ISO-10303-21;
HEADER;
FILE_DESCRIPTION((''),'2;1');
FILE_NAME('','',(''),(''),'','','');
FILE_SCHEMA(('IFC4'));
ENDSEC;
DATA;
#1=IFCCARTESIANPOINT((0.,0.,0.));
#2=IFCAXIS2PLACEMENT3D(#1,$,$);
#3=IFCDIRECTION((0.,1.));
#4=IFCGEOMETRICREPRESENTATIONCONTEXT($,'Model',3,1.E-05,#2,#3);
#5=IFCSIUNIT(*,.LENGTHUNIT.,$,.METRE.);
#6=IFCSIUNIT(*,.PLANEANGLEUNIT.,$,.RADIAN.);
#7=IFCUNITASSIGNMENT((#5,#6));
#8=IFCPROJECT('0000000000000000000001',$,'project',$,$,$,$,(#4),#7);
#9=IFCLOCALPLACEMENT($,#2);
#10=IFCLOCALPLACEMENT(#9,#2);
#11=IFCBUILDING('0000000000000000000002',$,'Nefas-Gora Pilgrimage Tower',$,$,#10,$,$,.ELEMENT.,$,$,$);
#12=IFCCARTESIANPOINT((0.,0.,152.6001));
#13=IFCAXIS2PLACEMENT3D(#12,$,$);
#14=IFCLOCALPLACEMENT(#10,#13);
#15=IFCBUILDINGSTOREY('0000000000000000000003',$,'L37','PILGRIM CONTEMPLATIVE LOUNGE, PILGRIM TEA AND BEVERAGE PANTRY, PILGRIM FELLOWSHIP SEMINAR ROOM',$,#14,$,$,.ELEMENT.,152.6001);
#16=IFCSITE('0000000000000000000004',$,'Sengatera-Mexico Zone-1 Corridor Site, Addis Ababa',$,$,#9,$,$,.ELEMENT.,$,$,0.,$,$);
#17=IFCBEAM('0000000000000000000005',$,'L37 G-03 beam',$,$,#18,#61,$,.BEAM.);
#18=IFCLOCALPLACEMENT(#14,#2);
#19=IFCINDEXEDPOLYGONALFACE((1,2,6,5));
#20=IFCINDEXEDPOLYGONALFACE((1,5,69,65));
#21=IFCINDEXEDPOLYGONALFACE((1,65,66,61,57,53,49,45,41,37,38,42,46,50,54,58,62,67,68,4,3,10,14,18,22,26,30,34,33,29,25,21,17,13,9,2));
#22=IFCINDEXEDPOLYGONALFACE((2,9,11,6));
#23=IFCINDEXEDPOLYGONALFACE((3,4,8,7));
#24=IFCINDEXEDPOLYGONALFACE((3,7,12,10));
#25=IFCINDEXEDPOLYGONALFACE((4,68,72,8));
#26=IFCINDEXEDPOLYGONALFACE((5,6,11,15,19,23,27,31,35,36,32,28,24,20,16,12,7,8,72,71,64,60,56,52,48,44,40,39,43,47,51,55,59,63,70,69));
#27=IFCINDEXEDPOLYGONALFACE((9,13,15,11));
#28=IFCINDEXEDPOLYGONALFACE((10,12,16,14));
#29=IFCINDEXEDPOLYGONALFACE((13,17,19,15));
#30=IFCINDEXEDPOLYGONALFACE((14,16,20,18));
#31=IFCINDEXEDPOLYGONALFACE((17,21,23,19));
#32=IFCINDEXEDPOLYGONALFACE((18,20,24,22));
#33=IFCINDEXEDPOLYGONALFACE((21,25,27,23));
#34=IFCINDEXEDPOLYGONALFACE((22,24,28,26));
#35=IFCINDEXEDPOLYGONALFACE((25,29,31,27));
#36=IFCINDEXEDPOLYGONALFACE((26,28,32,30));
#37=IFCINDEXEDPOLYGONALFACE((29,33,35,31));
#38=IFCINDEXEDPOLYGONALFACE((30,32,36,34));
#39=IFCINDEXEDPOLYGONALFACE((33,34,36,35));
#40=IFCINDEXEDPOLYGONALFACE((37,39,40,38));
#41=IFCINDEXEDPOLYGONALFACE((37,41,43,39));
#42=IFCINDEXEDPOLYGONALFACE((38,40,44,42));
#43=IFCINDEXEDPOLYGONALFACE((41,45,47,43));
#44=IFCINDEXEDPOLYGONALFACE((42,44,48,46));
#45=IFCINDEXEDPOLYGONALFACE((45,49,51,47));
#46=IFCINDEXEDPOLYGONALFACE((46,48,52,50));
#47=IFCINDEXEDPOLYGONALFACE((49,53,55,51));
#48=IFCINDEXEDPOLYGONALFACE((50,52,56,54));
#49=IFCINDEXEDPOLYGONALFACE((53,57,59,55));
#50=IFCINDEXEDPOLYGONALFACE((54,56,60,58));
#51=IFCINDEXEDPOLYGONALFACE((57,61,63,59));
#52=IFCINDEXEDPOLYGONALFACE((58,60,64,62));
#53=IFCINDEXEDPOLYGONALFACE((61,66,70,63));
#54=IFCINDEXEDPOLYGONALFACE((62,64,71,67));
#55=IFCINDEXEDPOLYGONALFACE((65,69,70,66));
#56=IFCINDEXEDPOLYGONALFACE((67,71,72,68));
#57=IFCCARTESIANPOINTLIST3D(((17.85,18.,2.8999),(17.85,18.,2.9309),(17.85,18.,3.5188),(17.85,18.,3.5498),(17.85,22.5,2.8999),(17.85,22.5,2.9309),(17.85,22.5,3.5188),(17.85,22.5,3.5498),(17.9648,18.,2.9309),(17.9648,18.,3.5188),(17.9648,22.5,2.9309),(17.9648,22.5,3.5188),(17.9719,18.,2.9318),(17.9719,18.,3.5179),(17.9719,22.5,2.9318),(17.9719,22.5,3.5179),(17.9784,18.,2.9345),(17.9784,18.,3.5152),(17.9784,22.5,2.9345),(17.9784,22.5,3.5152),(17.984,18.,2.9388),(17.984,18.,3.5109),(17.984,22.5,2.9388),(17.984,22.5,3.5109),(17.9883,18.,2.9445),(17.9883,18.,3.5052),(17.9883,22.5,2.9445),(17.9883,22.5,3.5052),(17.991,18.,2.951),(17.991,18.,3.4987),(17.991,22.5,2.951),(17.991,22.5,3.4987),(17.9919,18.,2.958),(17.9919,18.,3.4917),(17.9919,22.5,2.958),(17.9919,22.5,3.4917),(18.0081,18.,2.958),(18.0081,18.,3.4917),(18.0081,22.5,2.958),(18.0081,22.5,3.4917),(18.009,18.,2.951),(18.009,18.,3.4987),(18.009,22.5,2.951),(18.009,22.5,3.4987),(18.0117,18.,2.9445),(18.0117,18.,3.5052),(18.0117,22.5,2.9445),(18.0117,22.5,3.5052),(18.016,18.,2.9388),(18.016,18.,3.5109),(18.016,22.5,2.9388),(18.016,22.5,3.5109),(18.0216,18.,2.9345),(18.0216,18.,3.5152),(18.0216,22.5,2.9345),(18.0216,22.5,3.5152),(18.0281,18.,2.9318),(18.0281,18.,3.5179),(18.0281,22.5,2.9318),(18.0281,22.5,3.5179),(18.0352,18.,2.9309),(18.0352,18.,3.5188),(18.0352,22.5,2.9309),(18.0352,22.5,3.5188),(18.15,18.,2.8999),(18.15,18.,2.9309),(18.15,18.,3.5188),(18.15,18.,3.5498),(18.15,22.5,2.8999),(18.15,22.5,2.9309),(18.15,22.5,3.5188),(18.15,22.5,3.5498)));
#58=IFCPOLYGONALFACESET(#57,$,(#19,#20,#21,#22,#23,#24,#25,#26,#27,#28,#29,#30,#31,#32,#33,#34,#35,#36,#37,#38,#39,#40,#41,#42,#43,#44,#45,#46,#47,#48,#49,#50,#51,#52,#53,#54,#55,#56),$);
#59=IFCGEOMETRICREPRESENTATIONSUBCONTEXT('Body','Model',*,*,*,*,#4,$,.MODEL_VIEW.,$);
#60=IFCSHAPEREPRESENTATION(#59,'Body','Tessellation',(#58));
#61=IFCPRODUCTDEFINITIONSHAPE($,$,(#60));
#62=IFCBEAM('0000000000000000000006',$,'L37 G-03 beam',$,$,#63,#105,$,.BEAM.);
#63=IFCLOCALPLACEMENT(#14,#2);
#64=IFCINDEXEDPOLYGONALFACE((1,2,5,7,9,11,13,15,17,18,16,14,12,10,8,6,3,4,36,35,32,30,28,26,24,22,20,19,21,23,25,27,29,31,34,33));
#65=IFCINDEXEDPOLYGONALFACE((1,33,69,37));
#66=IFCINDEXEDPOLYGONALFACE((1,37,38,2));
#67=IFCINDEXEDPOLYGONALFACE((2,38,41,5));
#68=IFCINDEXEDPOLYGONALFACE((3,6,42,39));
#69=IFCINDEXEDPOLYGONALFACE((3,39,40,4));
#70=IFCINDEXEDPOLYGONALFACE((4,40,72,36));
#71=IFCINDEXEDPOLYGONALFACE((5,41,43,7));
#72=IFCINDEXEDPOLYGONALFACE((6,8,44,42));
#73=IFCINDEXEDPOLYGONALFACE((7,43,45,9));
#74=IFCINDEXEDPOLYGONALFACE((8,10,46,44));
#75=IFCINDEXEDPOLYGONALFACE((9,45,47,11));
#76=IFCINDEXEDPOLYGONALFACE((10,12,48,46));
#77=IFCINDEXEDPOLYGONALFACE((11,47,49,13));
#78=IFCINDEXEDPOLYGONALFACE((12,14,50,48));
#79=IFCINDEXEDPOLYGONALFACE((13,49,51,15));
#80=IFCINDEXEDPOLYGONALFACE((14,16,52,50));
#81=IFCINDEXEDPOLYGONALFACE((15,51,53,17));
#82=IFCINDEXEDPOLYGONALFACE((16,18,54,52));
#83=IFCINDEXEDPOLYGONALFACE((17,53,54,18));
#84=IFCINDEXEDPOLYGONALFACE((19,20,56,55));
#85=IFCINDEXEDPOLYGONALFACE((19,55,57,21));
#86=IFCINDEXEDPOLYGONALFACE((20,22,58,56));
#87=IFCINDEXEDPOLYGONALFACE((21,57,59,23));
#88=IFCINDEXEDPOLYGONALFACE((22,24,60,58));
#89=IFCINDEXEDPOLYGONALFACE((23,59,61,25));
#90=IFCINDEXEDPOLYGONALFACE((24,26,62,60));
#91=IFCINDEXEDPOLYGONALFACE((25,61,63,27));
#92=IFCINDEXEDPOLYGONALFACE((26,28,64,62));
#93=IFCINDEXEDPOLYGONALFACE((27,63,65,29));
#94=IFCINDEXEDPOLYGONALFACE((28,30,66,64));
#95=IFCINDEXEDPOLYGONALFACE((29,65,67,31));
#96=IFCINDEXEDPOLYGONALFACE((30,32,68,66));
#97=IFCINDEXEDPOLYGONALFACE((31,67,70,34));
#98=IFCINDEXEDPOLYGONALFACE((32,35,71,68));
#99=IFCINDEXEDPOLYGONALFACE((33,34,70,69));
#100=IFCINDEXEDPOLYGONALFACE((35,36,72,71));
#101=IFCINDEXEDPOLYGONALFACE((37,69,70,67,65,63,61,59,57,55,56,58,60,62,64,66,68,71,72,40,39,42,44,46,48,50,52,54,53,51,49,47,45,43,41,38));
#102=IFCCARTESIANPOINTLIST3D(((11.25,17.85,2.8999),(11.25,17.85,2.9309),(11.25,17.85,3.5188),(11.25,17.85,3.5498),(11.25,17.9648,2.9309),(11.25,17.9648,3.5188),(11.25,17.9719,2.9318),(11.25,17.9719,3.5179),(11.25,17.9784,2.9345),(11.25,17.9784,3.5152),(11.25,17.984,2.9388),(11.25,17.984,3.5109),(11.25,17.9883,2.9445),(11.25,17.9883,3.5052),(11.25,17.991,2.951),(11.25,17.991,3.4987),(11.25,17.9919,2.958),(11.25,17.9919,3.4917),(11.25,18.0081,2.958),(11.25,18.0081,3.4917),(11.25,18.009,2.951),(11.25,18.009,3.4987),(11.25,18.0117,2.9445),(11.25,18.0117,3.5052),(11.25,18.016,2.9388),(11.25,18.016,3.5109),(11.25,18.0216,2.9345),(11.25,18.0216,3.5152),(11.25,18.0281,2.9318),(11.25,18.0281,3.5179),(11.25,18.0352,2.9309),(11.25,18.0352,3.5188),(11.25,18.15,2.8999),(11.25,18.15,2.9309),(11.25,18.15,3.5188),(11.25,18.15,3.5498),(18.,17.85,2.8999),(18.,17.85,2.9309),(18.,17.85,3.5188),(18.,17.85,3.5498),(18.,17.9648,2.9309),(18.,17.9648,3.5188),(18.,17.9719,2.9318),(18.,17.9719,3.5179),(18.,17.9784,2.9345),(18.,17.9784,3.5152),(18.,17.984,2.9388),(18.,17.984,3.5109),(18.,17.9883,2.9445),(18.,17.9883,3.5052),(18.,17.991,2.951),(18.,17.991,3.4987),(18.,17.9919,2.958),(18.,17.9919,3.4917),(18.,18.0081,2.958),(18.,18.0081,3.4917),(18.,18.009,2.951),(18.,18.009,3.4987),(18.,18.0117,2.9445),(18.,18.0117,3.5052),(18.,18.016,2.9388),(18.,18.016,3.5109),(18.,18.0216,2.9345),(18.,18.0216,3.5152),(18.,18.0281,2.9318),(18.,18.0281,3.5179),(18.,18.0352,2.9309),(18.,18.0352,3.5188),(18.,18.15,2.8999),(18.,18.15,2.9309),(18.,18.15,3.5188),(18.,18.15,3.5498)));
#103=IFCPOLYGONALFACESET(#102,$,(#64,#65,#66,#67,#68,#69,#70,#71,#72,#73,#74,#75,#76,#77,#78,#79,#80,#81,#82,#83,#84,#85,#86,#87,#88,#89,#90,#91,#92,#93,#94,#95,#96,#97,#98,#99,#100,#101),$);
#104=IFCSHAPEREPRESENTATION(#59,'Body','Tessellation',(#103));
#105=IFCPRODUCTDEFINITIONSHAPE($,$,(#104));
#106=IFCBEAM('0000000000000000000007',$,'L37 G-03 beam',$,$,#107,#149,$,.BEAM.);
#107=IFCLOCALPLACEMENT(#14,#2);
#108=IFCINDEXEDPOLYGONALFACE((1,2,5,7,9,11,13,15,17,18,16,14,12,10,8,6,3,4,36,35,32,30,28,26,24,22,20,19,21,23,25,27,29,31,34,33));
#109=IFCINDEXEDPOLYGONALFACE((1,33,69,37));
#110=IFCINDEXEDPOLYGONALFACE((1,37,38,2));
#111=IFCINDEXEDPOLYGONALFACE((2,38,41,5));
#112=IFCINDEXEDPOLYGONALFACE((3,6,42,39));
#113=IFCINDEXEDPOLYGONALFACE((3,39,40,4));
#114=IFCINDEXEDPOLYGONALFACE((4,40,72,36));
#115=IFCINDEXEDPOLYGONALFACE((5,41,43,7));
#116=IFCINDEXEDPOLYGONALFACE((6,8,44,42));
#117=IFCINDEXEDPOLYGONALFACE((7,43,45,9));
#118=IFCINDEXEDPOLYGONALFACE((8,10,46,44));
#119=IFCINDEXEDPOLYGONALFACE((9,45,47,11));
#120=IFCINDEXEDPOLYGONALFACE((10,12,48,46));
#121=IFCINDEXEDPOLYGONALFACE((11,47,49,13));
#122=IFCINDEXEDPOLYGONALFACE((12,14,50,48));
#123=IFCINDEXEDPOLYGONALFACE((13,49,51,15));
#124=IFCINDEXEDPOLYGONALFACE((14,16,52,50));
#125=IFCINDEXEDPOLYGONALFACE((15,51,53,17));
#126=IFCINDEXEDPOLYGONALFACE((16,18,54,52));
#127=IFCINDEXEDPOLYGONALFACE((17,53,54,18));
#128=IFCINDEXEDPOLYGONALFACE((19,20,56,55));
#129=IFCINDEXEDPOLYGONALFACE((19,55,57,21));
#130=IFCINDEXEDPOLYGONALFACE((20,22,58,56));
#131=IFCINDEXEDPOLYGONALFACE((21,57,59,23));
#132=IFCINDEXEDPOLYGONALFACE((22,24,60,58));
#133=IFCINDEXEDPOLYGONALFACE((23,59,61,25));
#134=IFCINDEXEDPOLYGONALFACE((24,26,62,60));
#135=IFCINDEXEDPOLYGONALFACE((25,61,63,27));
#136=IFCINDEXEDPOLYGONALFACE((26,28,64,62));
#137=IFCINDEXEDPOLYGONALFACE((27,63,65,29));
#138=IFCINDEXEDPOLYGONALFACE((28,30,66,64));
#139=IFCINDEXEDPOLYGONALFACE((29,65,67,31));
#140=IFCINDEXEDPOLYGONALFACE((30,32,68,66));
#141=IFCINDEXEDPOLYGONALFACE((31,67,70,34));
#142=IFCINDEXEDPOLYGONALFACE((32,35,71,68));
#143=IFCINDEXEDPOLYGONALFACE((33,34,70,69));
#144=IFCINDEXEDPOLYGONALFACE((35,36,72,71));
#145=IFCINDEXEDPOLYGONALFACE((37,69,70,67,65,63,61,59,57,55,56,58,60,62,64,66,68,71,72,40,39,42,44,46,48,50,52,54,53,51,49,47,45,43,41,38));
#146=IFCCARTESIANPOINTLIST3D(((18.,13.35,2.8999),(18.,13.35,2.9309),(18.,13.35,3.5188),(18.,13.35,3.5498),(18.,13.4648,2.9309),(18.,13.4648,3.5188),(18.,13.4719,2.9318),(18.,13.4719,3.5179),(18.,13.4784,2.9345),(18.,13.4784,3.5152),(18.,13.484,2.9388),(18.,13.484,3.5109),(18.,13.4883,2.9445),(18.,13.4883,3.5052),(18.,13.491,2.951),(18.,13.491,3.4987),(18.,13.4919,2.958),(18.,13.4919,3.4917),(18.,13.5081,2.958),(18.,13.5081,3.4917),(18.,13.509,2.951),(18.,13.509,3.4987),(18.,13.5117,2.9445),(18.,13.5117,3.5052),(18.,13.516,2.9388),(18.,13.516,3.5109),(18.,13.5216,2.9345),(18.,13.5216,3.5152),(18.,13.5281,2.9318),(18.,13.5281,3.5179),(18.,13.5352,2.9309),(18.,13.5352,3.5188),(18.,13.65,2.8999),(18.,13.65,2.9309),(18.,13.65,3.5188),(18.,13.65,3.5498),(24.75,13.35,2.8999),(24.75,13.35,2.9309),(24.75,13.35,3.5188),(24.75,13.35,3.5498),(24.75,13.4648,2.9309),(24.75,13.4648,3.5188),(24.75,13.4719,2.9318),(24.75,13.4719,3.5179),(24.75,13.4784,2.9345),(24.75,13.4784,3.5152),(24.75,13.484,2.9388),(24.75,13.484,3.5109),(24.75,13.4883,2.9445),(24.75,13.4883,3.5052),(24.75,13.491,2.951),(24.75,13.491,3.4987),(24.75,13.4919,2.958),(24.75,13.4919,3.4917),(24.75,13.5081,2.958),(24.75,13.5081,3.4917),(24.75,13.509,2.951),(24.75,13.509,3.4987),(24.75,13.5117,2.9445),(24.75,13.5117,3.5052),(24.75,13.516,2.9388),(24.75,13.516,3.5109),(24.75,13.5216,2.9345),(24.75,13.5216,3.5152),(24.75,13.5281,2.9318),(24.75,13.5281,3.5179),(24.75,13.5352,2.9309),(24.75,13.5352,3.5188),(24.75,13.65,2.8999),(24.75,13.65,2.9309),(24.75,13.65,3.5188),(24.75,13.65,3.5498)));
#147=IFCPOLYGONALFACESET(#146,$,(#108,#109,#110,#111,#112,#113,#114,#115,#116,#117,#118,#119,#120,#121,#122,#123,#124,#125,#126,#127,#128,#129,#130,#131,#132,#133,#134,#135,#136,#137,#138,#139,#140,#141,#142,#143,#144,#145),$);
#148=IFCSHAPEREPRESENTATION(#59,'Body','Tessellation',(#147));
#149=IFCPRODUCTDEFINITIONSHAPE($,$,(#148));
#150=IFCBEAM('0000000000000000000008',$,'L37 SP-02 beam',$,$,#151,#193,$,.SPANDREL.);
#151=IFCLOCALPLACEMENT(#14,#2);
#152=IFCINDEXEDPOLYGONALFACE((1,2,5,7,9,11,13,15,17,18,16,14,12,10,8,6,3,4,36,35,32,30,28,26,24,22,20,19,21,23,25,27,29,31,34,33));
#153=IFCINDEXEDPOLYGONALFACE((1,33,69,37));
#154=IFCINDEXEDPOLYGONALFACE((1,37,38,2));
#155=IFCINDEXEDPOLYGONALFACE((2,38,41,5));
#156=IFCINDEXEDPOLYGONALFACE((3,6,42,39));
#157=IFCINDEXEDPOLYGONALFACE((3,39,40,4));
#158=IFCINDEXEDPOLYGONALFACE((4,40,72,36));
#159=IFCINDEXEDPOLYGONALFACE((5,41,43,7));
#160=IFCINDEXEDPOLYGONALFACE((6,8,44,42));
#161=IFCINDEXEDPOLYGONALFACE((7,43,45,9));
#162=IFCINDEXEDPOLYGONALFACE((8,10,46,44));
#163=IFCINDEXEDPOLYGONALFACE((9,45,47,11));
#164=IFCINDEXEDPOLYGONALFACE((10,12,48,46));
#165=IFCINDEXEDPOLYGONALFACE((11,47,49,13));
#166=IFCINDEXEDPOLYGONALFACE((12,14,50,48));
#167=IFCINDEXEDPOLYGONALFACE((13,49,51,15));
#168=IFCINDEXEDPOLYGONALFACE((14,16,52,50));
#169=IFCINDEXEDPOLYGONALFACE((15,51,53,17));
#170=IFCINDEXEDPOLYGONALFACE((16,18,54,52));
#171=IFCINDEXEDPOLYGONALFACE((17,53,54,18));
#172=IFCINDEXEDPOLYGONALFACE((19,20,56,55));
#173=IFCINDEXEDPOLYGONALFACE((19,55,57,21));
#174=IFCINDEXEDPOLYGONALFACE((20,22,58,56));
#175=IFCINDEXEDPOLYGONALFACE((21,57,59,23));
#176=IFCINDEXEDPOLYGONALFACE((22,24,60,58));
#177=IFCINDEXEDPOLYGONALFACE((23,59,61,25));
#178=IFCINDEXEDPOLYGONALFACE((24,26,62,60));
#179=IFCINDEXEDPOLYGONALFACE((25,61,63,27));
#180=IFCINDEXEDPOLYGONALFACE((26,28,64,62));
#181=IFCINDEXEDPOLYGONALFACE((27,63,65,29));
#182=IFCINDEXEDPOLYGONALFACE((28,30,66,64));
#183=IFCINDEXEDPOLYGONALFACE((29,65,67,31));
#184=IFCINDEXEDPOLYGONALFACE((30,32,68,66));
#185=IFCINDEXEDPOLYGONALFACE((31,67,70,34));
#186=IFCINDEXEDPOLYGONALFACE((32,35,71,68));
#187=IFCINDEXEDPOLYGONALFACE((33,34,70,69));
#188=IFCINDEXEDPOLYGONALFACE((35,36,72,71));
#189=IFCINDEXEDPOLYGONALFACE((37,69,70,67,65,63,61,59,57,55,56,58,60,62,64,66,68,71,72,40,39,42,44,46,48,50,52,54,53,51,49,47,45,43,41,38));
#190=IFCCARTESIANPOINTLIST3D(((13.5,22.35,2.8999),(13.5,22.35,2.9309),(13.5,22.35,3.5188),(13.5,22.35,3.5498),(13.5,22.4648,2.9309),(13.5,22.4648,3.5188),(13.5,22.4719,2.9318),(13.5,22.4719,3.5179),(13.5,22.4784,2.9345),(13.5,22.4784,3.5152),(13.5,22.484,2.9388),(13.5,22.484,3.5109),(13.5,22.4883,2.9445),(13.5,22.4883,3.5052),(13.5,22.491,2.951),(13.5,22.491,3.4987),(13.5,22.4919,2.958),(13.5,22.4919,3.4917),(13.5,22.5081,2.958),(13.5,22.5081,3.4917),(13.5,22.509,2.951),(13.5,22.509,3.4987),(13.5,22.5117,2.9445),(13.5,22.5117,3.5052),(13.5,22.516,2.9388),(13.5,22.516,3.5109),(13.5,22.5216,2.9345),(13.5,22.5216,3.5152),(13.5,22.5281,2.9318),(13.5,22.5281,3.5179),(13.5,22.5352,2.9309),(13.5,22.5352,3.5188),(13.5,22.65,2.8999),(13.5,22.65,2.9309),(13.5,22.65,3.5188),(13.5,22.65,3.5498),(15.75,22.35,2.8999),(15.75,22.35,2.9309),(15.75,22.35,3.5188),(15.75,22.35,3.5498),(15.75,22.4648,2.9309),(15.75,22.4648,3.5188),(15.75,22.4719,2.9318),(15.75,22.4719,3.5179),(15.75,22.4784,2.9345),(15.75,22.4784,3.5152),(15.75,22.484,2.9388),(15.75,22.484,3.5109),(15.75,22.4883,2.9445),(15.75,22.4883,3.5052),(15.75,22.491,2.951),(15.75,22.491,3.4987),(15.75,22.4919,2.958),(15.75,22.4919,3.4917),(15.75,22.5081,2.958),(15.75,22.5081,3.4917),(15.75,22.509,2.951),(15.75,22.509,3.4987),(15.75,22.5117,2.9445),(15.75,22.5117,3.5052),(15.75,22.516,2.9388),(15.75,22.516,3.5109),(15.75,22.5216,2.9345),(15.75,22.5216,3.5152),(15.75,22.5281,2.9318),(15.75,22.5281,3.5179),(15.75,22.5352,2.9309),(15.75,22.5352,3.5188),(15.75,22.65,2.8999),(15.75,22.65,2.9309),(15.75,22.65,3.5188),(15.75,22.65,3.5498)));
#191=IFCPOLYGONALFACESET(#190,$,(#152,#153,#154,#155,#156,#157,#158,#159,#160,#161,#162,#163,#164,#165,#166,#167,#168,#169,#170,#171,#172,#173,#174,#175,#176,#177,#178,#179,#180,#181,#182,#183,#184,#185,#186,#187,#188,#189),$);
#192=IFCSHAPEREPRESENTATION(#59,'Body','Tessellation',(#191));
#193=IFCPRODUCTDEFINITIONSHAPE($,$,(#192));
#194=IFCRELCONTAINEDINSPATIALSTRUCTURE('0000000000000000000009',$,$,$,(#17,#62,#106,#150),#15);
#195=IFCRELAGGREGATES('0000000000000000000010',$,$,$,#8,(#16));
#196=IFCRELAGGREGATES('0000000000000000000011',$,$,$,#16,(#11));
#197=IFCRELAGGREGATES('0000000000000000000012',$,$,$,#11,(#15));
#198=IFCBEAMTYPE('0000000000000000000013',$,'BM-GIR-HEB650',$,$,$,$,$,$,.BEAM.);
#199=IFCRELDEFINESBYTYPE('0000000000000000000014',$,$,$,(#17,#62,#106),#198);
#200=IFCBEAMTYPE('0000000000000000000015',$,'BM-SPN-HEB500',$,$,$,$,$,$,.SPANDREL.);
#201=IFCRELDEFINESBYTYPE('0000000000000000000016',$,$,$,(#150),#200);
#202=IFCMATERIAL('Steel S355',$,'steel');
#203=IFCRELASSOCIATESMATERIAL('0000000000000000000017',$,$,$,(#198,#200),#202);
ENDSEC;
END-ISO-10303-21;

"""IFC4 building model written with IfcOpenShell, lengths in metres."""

from ifc_helpers import new_model, si_unit, direction, frame, origin, origin_2d, place, context, subcontext, project, spatial, i_section, extrude, source, transform, mapped, material, material_profile, profile_set, type_object, element, save


model = new_model("IFC4")

# Units and contexts
model_context = context("Model", 3, precision=1e-05, world=origin(), true_north=direction((0.0, 1.0)))
body_context = subcontext(model_context, "Body", "Model", "MODEL_VIEW")
ifc_project = project(units=[si_unit("LENGTHUNIT", "METRE"), si_unit("PLANEANGLEUNIT", "RADIAN")], contexts=[model_context])

# Site, building, storey
site_placement = place(None, origin())
site = spatial("IfcSite", under=ifc_project, at=site_placement, Name="Sengatera-Mexico Zone-1 Corridor Site, Addis Ababa", CompositionType="ELEMENT", RefElevation=0.0)
building_placement = place(site_placement, origin())
building = spatial("IfcBuilding", under=site, at=building_placement, Name="Nefas-Gora Pilgrimage Tower", CompositionType="ELEMENT")
storey_placement = place(building_placement, frame((0.0, 0.0, 152.6001)))
storey = spatial("IfcBuildingStorey", under=building, at=storey_placement, Name="L37", Description="PILGRIM CONTEMPLATIVE LOUNGE, PILGRIM TEA AND BEVERAGE PANTRY, PILGRIM FELLOWSHIP SEMINAR ROOM", CompositionType="ELEMENT", Elevation=152.6001)

# Beams
ifc_material_1 = material(Name="Steel S355", Category="steel")
ifc_material_profile_1 = material_profile(ifc_material_1, i_section(OverallWidth=0.3, OverallDepth=0.6499, WebThickness=0.0161, FlangeThickness=0.031, FilletRadius=0.0271, at=origin_2d()), Name="HEB 650")
ifc_profile_set_1 = profile_set([ifc_material_profile_1], Name="Steel S355")
beam_type_1 = type_object("IfcBeamType", Name="BM-GIR-HEB650", PredefinedType="BEAM", material=ifc_profile_set_1)
shared_shape_1 = source(origin(), body_context, "Body", "SweptSolid", [
    extrude(i_section(OverallWidth=0.3, OverallDepth=0.6499, WebThickness=0.0161, FlangeThickness=0.031, FilletRadius=0.0271, at=origin_2d()), origin(), (0.0, 0.0, 1.0), 4.5),
])
for number, where, z_axis, x_axis, name in (
    (1, (18.0, 18.0, 3.2249), (0.0, 1.0, 0.0), (-1.0, 0.0, 0.0), "L37 G-03 beam"),
):
    element("IfcBeam", number, at=place(storey_placement, frame(where, z_axis=z_axis, x_axis=x_axis)), inside=storey, type_object=beam_type_1, Name=name, PredefinedType="BEAM", context=body_context, shape_type="MappedRepresentation", body=[
        mapped(shared_shape_1, transform((0.0, 0.0, 0.0), x_axis=(1.0, 0.0, 0.0), y_axis=(0.0, 1.0, 0.0), z_axis=(0.0, 0.0, 1.0), scale=1.0)),
    ])
shared_shape_2 = source(origin(), body_context, "Body", "SweptSolid", [
    extrude(i_section(OverallWidth=0.3, OverallDepth=0.6499, WebThickness=0.0161, FlangeThickness=0.031, FilletRadius=0.0271, at=origin_2d()), origin(), (0.0, 0.0, 1.0), 6.75),
])
for number, where, z_axis, x_axis, name in (
    (2, (11.25, 18.0, 3.2249), (1.0, 0.0, 0.0), (0.0, 1.0, 0.0), "L37 G-03 beam"),
    (3, (18.0, 13.5, 3.2249), (1.0, 0.0, 0.0), (0.0, 1.0, 0.0), "L37 G-03 beam"),
):
    element("IfcBeam", number, at=place(storey_placement, frame(where, z_axis=z_axis, x_axis=x_axis)), inside=storey, type_object=beam_type_1, Name=name, PredefinedType="BEAM", context=body_context, shape_type="MappedRepresentation", body=[
        mapped(shared_shape_2, transform((0.0, 0.0, 0.0), x_axis=(1.0, 0.0, 0.0), y_axis=(0.0, 1.0, 0.0), z_axis=(0.0, 0.0, 1.0), scale=1.0)),
    ])
ifc_material_profile_2 = material_profile(ifc_material_1, i_section(OverallWidth=0.3, OverallDepth=0.6499, WebThickness=0.0161, FlangeThickness=0.031, FilletRadius=0.0271, at=origin_2d()), Name="HEB 650")
ifc_profile_set_2 = profile_set([ifc_material_profile_2], Name="Steel S355")
beam_type_2 = type_object("IfcBeamType", Name="BM-SPN-HEB500", PredefinedType="SPANDREL", material=ifc_profile_set_2)
shared_shape_3 = source(origin(), body_context, "Body", "SweptSolid", [
    extrude(i_section(OverallWidth=0.3, OverallDepth=0.6499, WebThickness=0.0161, FlangeThickness=0.031, FilletRadius=0.0271, at=origin_2d()), origin(), (0.0, 0.0, 1.0), 2.25),
])
for number, where, z_axis, x_axis, name in (
    (4, (13.5, 22.5, 3.2249), (1.0, 0.0, 0.0), (0.0, 1.0, 0.0), "L37 SP-02 beam"),
):
    element("IfcBeam", number, at=place(storey_placement, frame(where, z_axis=z_axis, x_axis=x_axis)), inside=storey, type_object=beam_type_2, Name=name, PredefinedType="SPANDREL", context=body_context, shape_type="MappedRepresentation", body=[
        mapped(shared_shape_3, transform((0.0, 0.0, 0.0), x_axis=(1.0, 0.0, 0.0), y_axis=(0.0, 1.0, 0.0), z_axis=(0.0, 0.0, 1.0), scale=1.0)),
    ])

save(model, "model.ifc")
